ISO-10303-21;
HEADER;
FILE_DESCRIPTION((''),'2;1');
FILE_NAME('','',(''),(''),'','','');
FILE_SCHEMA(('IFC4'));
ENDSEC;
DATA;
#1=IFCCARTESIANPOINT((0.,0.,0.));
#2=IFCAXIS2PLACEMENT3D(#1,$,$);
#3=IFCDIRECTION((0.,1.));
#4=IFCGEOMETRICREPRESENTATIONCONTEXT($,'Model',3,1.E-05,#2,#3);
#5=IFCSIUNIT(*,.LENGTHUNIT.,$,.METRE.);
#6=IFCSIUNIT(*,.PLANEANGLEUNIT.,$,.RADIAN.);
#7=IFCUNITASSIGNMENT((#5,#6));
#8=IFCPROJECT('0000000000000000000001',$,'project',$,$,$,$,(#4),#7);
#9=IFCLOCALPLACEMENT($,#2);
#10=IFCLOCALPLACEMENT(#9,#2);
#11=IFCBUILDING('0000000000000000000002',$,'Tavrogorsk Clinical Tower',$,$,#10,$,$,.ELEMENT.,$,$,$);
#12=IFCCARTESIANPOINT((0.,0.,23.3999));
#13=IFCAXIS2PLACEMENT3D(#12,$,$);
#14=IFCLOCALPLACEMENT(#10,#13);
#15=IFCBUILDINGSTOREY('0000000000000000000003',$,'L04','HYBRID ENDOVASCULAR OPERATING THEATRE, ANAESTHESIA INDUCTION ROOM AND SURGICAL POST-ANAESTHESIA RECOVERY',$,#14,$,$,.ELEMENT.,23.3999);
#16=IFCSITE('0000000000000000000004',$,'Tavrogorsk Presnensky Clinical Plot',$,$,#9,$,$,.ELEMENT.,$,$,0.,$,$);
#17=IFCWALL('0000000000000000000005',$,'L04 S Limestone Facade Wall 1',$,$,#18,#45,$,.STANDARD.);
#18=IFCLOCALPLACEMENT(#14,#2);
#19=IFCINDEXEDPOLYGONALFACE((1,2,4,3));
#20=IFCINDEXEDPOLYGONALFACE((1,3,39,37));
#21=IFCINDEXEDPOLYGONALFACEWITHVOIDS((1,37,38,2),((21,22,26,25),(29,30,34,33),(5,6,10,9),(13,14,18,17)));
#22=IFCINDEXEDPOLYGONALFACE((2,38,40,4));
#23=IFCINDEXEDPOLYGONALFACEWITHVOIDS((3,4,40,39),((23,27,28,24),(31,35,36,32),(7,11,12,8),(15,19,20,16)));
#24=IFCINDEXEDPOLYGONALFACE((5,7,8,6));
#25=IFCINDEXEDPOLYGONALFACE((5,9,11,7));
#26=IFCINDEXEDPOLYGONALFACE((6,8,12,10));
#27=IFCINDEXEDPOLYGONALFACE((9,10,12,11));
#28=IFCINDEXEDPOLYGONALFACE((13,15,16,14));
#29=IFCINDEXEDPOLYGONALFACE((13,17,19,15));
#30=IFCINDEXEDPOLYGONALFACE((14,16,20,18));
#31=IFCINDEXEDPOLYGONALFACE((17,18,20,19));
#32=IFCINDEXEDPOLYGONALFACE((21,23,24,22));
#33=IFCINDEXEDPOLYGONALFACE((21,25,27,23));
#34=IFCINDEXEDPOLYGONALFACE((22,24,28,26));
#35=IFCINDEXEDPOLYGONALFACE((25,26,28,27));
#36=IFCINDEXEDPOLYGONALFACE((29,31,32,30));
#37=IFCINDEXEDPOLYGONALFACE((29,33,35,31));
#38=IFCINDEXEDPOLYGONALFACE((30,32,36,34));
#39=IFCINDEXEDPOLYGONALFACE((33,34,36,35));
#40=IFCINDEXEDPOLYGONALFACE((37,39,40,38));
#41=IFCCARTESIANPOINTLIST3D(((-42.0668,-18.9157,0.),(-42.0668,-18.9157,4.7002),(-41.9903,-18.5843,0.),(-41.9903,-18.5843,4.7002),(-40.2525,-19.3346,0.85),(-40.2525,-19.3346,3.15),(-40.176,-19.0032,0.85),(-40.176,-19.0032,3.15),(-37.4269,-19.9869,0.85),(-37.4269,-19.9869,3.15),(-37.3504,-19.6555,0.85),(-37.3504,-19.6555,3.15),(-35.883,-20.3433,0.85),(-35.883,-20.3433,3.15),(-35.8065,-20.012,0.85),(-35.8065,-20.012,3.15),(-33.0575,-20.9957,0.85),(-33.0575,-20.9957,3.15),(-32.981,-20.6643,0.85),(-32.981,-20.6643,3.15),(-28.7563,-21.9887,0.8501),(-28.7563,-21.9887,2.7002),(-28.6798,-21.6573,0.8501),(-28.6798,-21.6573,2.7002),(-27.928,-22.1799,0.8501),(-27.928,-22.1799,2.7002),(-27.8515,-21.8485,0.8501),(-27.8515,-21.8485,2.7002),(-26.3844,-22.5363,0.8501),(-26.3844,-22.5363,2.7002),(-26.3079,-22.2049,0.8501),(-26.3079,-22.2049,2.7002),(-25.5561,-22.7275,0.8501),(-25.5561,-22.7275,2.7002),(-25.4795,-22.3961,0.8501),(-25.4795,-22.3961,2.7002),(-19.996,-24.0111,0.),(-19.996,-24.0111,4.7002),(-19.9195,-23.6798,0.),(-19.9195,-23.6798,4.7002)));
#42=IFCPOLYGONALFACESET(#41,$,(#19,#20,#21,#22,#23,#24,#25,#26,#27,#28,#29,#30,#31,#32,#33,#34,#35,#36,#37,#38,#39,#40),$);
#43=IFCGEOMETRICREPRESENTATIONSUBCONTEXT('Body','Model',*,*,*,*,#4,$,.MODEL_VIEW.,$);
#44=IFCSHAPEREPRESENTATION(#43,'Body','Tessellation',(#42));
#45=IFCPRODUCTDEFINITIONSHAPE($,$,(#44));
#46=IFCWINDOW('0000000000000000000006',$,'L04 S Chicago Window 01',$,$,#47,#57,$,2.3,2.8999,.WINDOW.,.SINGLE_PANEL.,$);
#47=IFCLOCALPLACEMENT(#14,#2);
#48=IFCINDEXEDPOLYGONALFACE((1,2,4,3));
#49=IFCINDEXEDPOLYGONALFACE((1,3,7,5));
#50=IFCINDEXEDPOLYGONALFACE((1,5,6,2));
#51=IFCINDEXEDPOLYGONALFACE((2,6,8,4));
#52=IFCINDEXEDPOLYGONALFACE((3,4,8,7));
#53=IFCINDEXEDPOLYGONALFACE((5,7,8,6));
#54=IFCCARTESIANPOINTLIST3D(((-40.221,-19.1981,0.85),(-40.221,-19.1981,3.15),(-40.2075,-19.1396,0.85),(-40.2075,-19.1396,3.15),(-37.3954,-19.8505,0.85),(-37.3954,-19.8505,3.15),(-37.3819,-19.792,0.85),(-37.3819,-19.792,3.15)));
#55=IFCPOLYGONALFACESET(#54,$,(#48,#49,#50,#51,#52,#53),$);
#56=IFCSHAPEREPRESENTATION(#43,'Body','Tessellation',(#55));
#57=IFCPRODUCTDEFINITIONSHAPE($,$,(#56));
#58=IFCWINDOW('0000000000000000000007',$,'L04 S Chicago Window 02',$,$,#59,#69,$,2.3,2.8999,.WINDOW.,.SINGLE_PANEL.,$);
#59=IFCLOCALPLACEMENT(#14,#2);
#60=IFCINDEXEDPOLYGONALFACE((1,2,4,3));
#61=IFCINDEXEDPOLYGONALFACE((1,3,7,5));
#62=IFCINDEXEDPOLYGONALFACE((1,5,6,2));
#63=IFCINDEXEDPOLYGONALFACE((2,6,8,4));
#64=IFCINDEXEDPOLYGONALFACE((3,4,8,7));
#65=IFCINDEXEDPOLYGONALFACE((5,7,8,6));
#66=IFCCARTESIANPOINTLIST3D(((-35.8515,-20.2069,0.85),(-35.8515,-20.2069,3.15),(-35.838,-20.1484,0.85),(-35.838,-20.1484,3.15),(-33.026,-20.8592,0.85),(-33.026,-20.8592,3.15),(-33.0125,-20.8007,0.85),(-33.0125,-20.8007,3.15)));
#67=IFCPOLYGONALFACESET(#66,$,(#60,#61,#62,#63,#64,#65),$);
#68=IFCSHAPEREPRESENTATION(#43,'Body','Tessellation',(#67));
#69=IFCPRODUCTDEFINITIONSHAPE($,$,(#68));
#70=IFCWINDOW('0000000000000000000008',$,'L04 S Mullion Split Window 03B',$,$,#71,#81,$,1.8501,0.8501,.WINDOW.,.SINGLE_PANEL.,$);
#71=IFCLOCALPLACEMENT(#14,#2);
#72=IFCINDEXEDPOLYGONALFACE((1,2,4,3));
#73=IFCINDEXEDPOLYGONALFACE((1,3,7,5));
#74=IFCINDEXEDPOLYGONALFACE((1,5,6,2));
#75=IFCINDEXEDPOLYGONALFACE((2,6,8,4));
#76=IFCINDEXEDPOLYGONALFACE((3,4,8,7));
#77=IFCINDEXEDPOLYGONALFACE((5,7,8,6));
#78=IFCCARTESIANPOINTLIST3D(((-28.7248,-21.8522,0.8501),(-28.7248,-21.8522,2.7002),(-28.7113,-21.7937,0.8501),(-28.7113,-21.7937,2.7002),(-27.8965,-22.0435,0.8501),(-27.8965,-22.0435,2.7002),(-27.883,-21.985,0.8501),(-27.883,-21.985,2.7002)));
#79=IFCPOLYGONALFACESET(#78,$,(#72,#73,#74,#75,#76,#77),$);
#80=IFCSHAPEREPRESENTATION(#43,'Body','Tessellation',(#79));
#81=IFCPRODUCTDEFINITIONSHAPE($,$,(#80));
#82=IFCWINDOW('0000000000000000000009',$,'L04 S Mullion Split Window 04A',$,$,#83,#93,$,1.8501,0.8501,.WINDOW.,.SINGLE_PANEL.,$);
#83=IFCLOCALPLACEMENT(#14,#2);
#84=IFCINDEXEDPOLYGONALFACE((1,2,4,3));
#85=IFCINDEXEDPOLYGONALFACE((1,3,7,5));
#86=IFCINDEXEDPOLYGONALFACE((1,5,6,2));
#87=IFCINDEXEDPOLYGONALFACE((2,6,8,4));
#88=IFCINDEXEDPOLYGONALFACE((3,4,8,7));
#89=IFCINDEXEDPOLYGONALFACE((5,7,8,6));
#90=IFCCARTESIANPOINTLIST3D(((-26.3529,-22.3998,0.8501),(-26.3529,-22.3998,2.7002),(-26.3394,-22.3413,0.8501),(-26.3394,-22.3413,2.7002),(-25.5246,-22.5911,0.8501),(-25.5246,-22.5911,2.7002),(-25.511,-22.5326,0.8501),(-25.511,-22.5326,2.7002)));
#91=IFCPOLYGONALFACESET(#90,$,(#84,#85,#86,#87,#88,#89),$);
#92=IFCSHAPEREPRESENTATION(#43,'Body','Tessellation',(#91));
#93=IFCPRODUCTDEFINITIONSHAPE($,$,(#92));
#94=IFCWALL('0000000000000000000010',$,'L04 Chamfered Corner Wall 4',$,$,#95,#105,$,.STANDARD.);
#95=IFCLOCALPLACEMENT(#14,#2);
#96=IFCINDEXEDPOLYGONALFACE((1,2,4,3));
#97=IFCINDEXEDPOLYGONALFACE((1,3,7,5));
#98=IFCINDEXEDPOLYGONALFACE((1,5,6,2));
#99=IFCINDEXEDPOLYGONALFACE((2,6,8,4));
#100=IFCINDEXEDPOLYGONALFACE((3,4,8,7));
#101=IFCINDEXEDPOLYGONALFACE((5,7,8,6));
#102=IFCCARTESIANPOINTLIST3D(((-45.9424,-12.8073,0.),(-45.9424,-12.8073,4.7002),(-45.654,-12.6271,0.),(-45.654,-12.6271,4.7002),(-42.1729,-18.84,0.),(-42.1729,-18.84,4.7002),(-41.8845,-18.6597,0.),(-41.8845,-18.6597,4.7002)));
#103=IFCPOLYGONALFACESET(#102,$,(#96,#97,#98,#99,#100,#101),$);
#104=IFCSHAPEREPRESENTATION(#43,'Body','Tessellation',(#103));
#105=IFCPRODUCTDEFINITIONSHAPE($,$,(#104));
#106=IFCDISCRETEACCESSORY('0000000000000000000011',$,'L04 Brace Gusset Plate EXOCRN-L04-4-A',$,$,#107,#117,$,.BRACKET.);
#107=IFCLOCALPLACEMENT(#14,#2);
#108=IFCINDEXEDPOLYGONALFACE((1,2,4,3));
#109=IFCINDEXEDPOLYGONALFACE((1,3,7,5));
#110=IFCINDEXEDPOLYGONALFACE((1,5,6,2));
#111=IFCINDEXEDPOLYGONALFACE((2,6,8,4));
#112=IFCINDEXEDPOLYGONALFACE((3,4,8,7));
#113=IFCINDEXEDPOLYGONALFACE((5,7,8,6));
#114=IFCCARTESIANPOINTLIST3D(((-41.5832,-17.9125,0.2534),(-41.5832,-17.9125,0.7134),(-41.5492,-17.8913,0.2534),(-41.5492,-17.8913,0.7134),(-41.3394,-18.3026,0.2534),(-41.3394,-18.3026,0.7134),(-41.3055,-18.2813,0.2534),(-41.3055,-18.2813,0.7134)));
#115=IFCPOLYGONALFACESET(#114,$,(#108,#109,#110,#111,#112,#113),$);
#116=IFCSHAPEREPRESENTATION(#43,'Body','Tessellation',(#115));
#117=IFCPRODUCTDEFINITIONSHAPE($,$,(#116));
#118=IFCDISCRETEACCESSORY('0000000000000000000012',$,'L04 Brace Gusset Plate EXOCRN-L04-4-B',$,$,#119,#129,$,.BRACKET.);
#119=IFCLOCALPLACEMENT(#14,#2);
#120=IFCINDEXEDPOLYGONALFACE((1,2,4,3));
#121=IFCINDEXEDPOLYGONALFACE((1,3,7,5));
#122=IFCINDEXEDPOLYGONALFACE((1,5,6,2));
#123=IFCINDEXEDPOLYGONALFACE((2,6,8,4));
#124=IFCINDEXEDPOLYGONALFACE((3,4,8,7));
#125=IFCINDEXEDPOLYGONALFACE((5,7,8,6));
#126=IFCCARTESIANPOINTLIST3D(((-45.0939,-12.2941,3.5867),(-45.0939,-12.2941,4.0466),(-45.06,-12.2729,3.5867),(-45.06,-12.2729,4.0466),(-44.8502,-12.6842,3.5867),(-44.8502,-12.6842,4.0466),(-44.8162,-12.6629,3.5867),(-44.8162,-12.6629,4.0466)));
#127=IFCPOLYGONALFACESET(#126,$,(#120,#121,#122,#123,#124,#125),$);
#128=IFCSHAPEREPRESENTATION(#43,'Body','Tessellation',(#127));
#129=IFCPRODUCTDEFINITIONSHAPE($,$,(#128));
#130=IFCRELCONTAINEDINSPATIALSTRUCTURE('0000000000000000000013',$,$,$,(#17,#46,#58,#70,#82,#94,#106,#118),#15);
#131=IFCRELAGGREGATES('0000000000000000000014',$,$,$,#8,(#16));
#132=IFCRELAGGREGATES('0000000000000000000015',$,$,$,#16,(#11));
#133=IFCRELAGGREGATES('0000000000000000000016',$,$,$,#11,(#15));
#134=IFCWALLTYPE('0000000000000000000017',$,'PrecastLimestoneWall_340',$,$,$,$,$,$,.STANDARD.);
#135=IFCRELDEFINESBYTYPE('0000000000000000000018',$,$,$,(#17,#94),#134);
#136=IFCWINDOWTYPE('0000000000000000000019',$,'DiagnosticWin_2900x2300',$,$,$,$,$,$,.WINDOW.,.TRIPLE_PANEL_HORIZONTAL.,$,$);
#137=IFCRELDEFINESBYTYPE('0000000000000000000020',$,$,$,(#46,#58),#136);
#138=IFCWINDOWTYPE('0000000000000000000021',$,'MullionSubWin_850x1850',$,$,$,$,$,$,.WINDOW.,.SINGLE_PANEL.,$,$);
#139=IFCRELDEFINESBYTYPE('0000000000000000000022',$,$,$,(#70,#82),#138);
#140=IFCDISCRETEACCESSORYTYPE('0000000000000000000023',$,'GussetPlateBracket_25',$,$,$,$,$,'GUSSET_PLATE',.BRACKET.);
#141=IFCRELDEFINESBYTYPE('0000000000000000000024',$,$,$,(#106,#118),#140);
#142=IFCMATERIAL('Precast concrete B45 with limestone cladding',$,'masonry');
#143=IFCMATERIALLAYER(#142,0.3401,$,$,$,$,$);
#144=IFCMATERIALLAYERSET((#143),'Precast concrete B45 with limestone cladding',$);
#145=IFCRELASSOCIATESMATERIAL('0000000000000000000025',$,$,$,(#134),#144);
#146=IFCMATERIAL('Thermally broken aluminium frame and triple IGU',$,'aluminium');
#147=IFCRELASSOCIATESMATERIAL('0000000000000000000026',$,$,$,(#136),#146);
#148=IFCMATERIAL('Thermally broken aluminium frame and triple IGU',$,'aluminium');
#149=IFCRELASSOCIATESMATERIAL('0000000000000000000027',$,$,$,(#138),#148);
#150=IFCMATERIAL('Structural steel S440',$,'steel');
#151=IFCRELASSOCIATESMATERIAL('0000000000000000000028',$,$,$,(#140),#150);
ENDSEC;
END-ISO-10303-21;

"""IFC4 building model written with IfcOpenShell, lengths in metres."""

from ifc_helpers import new_model, si_unit, direction, frame, frame_2d, origin, origin_2d, place, context, subcontext, project, spatial, rectangle, extrude, material, layer, layer_set, type_object, element, fill, save


model = new_model("IFC4")

# Units and contexts
model_context = context("Model", 3, precision=1e-05, world=origin(), true_north=direction((0.0, 1.0)))
body_context = subcontext(model_context, "Body", "Model", "MODEL_VIEW")
ifc_project = project(units=[si_unit("LENGTHUNIT", "METRE"), si_unit("PLANEANGLEUNIT", "RADIAN")], contexts=[model_context])

# Site, building, storey
site_placement = place(None, origin())
site = spatial("IfcSite", under=ifc_project, at=site_placement, Name="Tavrogorsk Presnensky Clinical Plot", CompositionType="ELEMENT", RefElevation=0.0)
building_placement = place(site_placement, origin())
building = spatial("IfcBuilding", under=site, at=building_placement, Name="Tavrogorsk Clinical Tower", CompositionType="ELEMENT")
storey_placement = place(building_placement, frame((0.0, 0.0, 23.3999)))
storey = spatial("IfcBuildingStorey", under=building, at=storey_placement, Name="L04", Description="HYBRID ENDOVASCULAR OPERATING THEATRE, ANAESTHESIA INDUCTION ROOM AND SURGICAL POST-ANAESTHESIA RECOVERY", CompositionType="ELEMENT", Elevation=23.3999)

# Wall, openings, windows
ifc_material_1 = material(Name="Precast concrete B45 with limestone cladding", Category="masonry")
ifc_layer_1 = layer(ifc_material_1, 0.3401)
ifc_layer_set_1 = layer_set([ifc_layer_1], Name="Precast concrete B45 with limestone cladding")
wall_type_1 = type_object("IfcWallType", Name="PrecastLimestoneWall_340", PredefinedType="STANDARD", material=ifc_layer_set_1)
wall_1_placement = place(storey_placement, frame((-42.0286, -18.75, 0.0), z_axis=(0.0, 0.0, 1.0), x_axis=(0.97437, -0.224952, 0.0)))
wall_1 = element("IfcWall", 1, at=wall_1_placement, inside=storey, type_object=wall_type_1, Name="L04 S Limestone Facade Wall 1", PredefinedType="STANDARD", context=body_context, shape_type="SweptSolid", body=[
    extrude(rectangle(XDim=22.6514, YDim=0.3401, at=frame_2d((11.3257, 0.0))), origin(), (0.0, 0.0, 1.0), 4.7002),
])
opening_1_placement = place(wall_1_placement, frame((1.8621, 0.0, 0.8501)))
opening_1 = element("IfcOpeningElement", 2, at=opening_1_placement, cuts=wall_1, PredefinedType="OPENING", context=body_context, shape_type="SweptSolid", body=[
    extrude(rectangle(XDim=2.8999, YDim=2.3, at=frame_2d((1.45, 1.1499))), frame((0.0, 0.1799, 0.0), z_axis=(0.0, -1.0, 0.0), x_axis=(1.0, 0.0, 0.0)), (0.0, 0.0, 1.0), 0.3601),
])
opening_2_placement = place(wall_1_placement, frame((6.3464, 0.0, 0.8501)))
opening_2 = element("IfcOpeningElement", 3, at=opening_2_placement, cuts=wall_1, PredefinedType="OPENING", context=body_context, shape_type="SweptSolid", body=[
    extrude(rectangle(XDim=2.8999, YDim=2.3, at=frame_2d((1.45, 1.1499))), frame((0.0, 0.1799, 0.0), z_axis=(0.0, -1.0, 0.0), x_axis=(1.0, 0.0, 0.0)), (0.0, 0.0, 1.0), 0.3601),
])
opening_3_placement = place(wall_1_placement, frame((13.6606, 0.0, 0.8501)))
opening_3 = element("IfcOpeningElement", 4, at=opening_3_placement, cuts=wall_1, PredefinedType="OPENING", context=body_context, shape_type="SweptSolid", body=[
    extrude(rectangle(XDim=0.8501, YDim=1.8501, at=frame_2d((0.425, 0.925))), frame((0.0, 0.1799, 0.0), z_axis=(0.0, -1.0, 0.0), x_axis=(1.0, 0.0, 0.0)), (0.0, 0.0, 1.0), 0.3601),
])
opening_4_placement = place(wall_1_placement, frame((16.095, 0.0, 0.8501)))
opening_4 = element("IfcOpeningElement", 5, at=opening_4_placement, cuts=wall_1, PredefinedType="OPENING", context=body_context, shape_type="SweptSolid", body=[
    extrude(rectangle(XDim=0.8501, YDim=1.8501, at=frame_2d((0.425, 0.925))), frame((0.0, 0.1799, 0.0), z_axis=(0.0, -1.0, 0.0), x_axis=(1.0, 0.0, 0.0)), (0.0, 0.0, 1.0), 0.3601),
])
ifc_material_2 = material(Name="Thermally broken aluminium frame and triple IGU", Category="aluminium")
window_type_1 = type_object("IfcWindowType", Name="DiagnosticWin_2900x2300", PartitioningType="TRIPLE_PANEL_HORIZONTAL", PredefinedType="WINDOW", material=ifc_material_2)
window_1_placement = place(opening_1_placement, origin())
window_1 = element("IfcWindow", 6, at=window_1_placement, inside=storey, type_object=window_type_1, Name="L04 S Chicago Window 01", OverallHeight=2.3, OverallWidth=2.8999, PartitioningType="SINGLE_PANEL", PredefinedType="WINDOW", context=body_context, shape_type="SweptSolid", body=[
    extrude(rectangle(XDim=2.8999, YDim=2.3, at=frame_2d((1.45, 1.1499))), frame((0.0, 0.03, 0.0), z_axis=(0.0, -1.0, 0.0), x_axis=(1.0, 0.0, 0.0)), (0.0, 0.0, 1.0), 0.0601),
])
fill(opening_1, window_1)
window_2_placement = place(opening_2_placement, origin())
window_2 = element("IfcWindow", 7, at=window_2_placement, inside=storey, type_object=window_type_1, Name="L04 S Chicago Window 02", OverallHeight=2.3, OverallWidth=2.8999, PartitioningType="SINGLE_PANEL", PredefinedType="WINDOW", context=body_context, shape_type="SweptSolid", body=[
    extrude(rectangle(XDim=2.8999, YDim=2.3, at=frame_2d((1.45, 1.1499))), frame((0.0, 0.03, 0.0), z_axis=(0.0, -1.0, 0.0), x_axis=(1.0, 0.0, 0.0)), (0.0, 0.0, 1.0), 0.0601),
])
fill(opening_2, window_2)
ifc_material_3 = material(Name="Thermally broken aluminium frame and triple IGU", Category="aluminium")
window_type_2 = type_object("IfcWindowType", Name="MullionSubWin_850x1850", PartitioningType="SINGLE_PANEL", PredefinedType="WINDOW", material=ifc_material_3)
window_3_placement = place(opening_3_placement, origin())
window_3 = element("IfcWindow", 8, at=window_3_placement, inside=storey, type_object=window_type_2, Name="L04 S Mullion Split Window 03B", OverallHeight=1.8501, OverallWidth=0.8501, PartitioningType="SINGLE_PANEL", PredefinedType="WINDOW", context=body_context, shape_type="SweptSolid", body=[
    extrude(rectangle(XDim=0.8501, YDim=1.8501, at=frame_2d((0.425, 0.925))), frame((0.0, 0.03, 0.0), z_axis=(0.0, -1.0, 0.0), x_axis=(1.0, 0.0, 0.0)), (0.0, 0.0, 1.0), 0.0601),
])
fill(opening_3, window_3)
window_4_placement = place(opening_4_placement, origin())
window_4 = element("IfcWindow", 9, at=window_4_placement, inside=storey, type_object=window_type_2, Name="L04 S Mullion Split Window 04A", OverallHeight=1.8501, OverallWidth=0.8501, PartitioningType="SINGLE_PANEL", PredefinedType="WINDOW", context=body_context, shape_type="SweptSolid", body=[
    extrude(rectangle(XDim=0.8501, YDim=1.8501, at=frame_2d((0.425, 0.925))), frame((0.0, 0.03, 0.0), z_axis=(0.0, -1.0, 0.0), x_axis=(1.0, 0.0, 0.0)), (0.0, 0.0, 1.0), 0.0601),
])
fill(opening_4, window_4)

# Wall
wall_2_placement = place(storey_placement, frame((-45.7981, -12.7173, 0.0), z_axis=(0.0, 0.0, 1.0), x_axis=(0.529906, -0.848056, 0.0)))
element("IfcWall", 10, at=wall_2_placement, inside=storey, type_object=wall_type_1, Name="L04 Chamfered Corner Wall 4", PredefinedType="STANDARD", context=body_context, shape_type="SweptSolid", body=[
    extrude(rectangle(XDim=7.1135, YDim=0.3401, at=frame_2d((3.5566, 0.0))), origin(), (0.0, 0.0, 1.0), 4.7002),
])

# Discrete accessories
ifc_material_4 = material(Name="Structural steel S440", Category="steel")
discrete_accessory_type = type_object("IfcDiscreteAccessoryType", Name="GussetPlateBracket_25", ElementType="GUSSET_PLATE", PredefinedType="BRACKET", material=ifc_material_4)
for number, where, z_axis, x_axis, name in (
    (11, (-41.4443, -18.0969, 0.2534), (0.0, 0.0, 1.0), (-0.529919, 0.848048, 0.0), "L04 Brace Gusset Plate EXOCRN-L04-4-A"),
    (12, (-44.9551, -12.4785, 3.5867), (0.0, 0.0, 1.0), (-0.529919, 0.848048, 0.0), "L04 Brace Gusset Plate EXOCRN-L04-4-B"),
):
    element("IfcDiscreteAccessory", number, at=place(storey_placement, frame(where, z_axis=z_axis, x_axis=x_axis)), inside=storey, type_object=discrete_accessory_type, Name=name, PredefinedType="BRACKET", context=body_context, shape_type="SweptSolid", body=[
        extrude(rectangle(XDim=0.46, YDim=0.04, at=origin_2d()), origin(), (0.0, 0.0, 1.0), 0.46),
    ])

save(model, "model.ifc")
